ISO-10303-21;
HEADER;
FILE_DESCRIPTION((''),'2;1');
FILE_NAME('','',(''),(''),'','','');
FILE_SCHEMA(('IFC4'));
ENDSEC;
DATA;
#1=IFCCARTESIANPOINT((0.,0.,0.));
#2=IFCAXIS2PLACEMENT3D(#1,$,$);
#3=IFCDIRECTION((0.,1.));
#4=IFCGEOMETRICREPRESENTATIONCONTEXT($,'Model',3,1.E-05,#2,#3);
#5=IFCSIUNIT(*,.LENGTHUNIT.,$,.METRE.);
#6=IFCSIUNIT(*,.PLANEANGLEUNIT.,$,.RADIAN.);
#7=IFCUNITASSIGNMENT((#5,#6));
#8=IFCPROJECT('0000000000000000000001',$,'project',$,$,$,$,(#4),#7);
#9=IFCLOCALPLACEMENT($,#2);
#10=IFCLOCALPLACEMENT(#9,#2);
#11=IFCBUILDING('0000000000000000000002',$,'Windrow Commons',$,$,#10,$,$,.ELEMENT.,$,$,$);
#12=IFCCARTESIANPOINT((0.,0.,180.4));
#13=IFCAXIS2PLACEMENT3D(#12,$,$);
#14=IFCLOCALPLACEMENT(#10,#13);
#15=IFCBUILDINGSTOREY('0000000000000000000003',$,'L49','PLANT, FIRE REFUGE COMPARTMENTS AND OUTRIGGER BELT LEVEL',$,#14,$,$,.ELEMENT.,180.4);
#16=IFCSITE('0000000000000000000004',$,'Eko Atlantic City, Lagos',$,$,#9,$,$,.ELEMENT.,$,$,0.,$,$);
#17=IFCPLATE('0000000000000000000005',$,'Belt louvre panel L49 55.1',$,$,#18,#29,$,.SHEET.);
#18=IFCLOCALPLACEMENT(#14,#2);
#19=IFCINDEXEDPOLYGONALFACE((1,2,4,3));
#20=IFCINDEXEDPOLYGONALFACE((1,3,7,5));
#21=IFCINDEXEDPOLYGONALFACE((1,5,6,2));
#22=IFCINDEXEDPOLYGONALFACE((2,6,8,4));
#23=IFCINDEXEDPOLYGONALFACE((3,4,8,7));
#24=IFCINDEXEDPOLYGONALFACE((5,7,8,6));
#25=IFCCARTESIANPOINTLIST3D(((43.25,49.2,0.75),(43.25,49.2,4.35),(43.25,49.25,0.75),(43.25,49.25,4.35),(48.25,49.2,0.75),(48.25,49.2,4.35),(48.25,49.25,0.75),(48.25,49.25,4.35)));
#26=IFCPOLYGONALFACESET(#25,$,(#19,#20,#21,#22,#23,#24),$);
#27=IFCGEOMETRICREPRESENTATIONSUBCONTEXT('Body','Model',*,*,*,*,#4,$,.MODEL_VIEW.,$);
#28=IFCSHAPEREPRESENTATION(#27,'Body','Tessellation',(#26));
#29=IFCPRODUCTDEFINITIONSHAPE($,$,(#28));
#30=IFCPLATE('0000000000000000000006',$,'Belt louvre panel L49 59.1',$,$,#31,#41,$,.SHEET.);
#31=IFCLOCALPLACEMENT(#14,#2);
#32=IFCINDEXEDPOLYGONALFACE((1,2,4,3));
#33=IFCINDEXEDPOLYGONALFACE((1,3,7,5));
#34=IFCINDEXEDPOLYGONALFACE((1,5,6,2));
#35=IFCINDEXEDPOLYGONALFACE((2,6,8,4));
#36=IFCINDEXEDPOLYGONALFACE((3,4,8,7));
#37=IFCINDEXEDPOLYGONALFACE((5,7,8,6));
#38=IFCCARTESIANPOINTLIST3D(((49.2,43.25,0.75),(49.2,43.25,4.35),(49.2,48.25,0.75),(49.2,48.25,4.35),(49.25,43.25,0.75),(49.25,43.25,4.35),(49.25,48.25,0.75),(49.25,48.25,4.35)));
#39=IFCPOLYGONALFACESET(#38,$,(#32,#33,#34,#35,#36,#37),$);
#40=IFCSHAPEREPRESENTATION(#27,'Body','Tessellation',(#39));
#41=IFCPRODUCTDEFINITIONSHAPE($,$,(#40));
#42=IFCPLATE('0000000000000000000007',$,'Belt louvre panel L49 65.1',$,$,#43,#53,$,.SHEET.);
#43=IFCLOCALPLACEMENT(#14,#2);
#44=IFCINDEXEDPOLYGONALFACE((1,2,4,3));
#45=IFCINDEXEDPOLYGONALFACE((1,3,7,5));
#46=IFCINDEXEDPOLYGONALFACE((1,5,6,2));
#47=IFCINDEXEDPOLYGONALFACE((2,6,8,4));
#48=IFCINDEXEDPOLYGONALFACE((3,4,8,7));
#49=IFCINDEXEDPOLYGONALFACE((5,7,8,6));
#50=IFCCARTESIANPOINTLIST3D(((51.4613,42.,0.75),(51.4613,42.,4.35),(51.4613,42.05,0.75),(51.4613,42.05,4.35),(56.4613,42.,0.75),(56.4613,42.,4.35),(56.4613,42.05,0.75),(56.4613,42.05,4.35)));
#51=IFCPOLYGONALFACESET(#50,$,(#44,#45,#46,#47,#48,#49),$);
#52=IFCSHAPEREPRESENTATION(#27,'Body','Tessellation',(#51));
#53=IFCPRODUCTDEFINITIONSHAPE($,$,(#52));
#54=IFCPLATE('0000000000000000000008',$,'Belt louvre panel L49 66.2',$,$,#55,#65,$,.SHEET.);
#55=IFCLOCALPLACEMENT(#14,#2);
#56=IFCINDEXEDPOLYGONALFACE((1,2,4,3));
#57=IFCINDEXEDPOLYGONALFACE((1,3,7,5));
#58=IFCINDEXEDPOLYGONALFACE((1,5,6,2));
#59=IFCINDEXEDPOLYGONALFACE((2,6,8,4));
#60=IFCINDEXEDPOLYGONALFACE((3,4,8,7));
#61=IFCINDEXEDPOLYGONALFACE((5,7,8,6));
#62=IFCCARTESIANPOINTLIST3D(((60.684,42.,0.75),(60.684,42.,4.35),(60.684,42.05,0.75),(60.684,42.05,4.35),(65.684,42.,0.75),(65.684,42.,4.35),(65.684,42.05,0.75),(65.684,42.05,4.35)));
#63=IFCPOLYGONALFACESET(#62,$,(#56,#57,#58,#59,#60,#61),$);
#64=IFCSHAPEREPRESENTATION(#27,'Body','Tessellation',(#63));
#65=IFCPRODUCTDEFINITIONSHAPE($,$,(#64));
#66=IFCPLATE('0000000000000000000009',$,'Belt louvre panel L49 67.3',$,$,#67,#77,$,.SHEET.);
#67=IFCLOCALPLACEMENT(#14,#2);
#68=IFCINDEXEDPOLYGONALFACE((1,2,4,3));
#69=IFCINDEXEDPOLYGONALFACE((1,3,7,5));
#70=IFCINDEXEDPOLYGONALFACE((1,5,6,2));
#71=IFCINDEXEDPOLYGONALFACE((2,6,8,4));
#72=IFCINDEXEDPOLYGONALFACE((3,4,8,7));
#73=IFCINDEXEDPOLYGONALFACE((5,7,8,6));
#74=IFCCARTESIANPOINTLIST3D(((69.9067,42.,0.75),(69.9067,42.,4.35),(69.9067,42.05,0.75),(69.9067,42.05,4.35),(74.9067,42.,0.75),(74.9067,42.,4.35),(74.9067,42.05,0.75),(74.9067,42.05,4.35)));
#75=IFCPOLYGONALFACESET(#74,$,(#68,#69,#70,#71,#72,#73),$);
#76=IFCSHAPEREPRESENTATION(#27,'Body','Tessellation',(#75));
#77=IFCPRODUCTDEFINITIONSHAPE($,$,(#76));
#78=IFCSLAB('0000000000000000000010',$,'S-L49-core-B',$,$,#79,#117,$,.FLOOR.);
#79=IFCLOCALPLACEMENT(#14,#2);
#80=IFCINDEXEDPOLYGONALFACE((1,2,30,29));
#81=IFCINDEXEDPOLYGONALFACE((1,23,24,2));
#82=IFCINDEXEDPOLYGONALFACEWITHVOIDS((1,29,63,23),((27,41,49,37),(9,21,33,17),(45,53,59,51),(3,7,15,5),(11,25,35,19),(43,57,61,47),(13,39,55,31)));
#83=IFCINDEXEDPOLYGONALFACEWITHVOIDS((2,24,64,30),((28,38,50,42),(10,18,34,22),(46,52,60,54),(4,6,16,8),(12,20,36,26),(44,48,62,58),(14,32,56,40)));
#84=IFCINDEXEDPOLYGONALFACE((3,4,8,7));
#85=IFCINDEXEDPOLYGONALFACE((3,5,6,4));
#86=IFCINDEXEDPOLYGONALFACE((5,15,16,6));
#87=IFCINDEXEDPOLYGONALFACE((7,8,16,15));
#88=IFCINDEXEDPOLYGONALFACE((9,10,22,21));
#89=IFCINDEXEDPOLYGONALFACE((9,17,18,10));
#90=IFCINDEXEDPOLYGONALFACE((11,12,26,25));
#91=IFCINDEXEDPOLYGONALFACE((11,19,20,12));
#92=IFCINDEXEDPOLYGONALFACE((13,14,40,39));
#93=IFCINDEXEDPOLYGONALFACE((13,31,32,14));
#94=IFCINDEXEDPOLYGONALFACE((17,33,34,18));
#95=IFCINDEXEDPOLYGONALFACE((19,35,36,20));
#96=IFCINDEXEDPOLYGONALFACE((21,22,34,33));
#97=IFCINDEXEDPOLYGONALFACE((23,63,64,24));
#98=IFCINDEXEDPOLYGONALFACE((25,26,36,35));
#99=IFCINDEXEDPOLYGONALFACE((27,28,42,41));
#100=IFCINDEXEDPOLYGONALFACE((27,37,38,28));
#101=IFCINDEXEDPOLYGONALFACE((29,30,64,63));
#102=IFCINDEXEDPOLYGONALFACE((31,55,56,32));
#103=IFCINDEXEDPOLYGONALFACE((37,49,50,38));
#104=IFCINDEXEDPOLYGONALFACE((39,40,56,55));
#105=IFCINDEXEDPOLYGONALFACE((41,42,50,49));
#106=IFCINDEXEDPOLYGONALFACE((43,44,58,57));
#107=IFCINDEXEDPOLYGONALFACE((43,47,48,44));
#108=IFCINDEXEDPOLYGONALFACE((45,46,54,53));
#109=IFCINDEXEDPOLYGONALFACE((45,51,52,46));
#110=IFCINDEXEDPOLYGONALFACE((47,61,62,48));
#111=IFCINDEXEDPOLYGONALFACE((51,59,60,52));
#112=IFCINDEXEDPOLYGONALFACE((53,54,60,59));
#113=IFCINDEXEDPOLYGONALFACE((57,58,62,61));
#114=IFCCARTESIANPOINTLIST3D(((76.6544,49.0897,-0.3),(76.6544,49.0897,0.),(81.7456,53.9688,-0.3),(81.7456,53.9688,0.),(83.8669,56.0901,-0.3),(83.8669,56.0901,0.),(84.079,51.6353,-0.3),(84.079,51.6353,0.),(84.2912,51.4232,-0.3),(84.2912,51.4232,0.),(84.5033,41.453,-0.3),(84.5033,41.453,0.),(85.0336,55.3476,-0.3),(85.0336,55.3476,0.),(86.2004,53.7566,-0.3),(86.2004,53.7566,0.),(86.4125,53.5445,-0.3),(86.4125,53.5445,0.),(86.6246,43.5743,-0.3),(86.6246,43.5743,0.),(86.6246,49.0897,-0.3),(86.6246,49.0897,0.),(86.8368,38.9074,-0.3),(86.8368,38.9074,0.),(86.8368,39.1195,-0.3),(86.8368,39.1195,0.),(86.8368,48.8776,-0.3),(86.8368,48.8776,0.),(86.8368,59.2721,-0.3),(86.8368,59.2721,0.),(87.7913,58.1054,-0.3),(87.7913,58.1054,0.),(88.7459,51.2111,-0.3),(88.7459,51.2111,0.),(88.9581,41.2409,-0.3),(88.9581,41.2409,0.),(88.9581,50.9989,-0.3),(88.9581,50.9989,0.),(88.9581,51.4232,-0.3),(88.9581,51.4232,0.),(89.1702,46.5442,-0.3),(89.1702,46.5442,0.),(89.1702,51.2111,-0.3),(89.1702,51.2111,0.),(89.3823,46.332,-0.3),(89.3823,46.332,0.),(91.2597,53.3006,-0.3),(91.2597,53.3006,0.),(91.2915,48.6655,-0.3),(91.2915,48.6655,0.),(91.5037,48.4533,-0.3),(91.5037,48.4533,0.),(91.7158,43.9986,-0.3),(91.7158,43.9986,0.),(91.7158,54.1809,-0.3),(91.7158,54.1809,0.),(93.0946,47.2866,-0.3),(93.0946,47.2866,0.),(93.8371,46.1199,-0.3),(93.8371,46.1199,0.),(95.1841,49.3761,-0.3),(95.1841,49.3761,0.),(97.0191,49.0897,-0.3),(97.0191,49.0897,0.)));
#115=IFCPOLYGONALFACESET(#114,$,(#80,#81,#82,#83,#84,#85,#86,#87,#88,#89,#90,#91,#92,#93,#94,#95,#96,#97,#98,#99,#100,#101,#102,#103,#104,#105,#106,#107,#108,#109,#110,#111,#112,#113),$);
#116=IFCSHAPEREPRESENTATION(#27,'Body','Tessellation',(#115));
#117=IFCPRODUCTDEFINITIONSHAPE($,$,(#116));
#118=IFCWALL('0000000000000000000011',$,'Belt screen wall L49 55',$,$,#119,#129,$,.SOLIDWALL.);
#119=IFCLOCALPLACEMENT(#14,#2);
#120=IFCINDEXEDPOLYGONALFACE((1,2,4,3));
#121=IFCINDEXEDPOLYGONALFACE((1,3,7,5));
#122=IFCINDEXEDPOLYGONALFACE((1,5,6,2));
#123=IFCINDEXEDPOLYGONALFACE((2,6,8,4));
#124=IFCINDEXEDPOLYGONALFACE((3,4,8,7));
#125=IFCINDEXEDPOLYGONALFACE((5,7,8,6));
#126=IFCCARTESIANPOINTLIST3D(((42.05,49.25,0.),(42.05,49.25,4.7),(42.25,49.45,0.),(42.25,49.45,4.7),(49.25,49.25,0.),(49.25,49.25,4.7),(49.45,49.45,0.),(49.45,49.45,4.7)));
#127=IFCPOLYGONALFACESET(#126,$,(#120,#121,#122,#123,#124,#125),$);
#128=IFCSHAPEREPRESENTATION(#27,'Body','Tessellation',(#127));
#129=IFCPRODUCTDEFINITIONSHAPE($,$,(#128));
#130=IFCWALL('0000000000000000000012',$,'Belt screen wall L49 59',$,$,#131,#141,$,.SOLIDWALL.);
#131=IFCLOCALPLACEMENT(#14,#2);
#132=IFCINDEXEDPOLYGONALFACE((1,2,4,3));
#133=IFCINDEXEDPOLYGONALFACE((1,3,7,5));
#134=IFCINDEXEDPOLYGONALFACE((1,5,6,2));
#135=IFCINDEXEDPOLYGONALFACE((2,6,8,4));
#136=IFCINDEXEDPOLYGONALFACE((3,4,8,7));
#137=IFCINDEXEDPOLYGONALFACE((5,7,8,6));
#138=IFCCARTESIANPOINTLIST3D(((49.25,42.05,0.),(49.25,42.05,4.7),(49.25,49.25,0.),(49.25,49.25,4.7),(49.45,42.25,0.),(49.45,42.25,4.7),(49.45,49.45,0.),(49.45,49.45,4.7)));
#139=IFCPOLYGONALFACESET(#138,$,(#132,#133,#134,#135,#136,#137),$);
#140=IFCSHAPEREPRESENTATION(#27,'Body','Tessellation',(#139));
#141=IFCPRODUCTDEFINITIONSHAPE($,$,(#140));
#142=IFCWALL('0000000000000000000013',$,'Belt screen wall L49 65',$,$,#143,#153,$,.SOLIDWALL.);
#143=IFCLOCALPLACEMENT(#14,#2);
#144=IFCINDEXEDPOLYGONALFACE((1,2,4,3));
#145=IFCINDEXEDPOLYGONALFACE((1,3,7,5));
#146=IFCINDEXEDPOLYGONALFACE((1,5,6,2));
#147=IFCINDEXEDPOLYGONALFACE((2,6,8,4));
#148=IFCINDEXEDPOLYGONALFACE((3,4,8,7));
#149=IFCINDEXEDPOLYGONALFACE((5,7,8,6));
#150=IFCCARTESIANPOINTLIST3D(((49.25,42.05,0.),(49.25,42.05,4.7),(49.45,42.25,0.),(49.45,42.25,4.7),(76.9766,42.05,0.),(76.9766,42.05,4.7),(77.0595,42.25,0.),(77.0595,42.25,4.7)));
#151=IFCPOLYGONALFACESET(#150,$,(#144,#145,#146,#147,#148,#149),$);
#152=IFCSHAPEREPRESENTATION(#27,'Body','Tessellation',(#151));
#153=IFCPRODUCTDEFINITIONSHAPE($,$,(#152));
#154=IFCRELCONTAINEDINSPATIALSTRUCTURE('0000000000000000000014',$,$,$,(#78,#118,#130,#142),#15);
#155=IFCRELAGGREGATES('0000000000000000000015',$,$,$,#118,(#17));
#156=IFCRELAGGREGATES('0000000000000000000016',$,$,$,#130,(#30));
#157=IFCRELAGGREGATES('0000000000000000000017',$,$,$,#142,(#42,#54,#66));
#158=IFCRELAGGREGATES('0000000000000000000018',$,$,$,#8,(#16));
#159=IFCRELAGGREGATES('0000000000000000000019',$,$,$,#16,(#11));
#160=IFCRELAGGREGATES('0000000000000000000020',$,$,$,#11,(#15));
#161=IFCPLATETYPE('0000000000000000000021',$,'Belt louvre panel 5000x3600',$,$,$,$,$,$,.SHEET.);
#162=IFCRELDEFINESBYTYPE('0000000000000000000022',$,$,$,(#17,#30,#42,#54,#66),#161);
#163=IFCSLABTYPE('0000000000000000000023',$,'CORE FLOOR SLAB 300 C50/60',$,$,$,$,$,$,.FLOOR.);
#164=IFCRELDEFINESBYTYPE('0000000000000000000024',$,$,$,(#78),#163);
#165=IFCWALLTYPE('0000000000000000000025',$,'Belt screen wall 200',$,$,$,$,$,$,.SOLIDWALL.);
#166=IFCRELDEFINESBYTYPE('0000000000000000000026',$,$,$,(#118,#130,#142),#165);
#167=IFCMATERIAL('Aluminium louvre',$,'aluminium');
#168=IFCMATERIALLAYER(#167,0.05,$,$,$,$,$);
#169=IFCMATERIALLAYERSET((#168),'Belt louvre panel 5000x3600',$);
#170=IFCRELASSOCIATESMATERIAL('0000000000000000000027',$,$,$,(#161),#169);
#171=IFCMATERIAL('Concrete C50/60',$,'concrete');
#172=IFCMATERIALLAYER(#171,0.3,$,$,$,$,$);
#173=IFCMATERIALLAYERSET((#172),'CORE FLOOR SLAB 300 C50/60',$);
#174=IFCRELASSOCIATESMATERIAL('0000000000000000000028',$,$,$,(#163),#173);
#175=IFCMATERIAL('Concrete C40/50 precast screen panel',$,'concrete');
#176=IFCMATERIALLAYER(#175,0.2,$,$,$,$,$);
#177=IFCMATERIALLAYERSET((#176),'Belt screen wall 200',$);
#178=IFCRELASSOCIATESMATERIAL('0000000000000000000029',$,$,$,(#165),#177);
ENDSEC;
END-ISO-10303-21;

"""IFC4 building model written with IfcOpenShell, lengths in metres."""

from ifc_helpers import new_model, si_unit, direction, frame, origin, place, context, subcontext, project, spatial, polyline, outline, extrude, material, layer, layer_set, type_object, element, aggregate, save


model = new_model("IFC4")

# Units and contexts
model_context = context("Model", 3, precision=1e-05, world=origin(), true_north=direction((0.0, 1.0)))
body_context = subcontext(model_context, "Body", "Model", "MODEL_VIEW")
ifc_project = project(units=[si_unit("LENGTHUNIT", "METRE"), si_unit("PLANEANGLEUNIT", "RADIAN")], contexts=[model_context])

# Plates
ifc_material_1 = material(Name="Aluminium louvre", Category="aluminium")
ifc_layer_1 = layer(ifc_material_1, 0.05)
ifc_layer_set_1 = layer_set([ifc_layer_1], Name="Belt louvre panel 5000x3600")
plate_type = type_object("IfcPlateType", Name="Belt louvre panel 5000x3600", PredefinedType="SHEET", material=ifc_layer_set_1)
site_placement = place(None, origin())
building_placement = place(site_placement, origin())
storey_placement = place(building_placement, frame((0.0, 0.0, 180.4)))
plate_1_placement = place(storey_placement, frame((43.25, 49.2, 0.75), z_axis=(0.0, -1.0, 0.0), x_axis=(1.0, 0.0, 0.0)))
plate_1 = element("IfcPlate", 1, at=plate_1_placement, type_object=plate_type, Name="Belt louvre panel L49 55.1", PredefinedType="SHEET", context=body_context, shape_type="SweptSolid", body=[
    extrude(outline(polyline([(0.0, 0.0), (5.0, 0.0), (5.0, 3.6), (0.0, 3.6), (0.0, 0.0)])), origin(), (0.0, 0.0, -1.0), 0.05),
])
plate_2_placement = place(storey_placement, frame((49.2, 48.25, 0.75), z_axis=(-1.0, 0.0, 0.0), x_axis=(0.0, -1.0, 0.0)))
plate_2 = element("IfcPlate", 2, at=plate_2_placement, type_object=plate_type, Name="Belt louvre panel L49 59.1", PredefinedType="SHEET", context=body_context, shape_type="SweptSolid", body=[
    extrude(outline(polyline([(0.0, 0.0), (5.0, 0.0), (5.0, 3.6), (0.0, 3.6), (0.0, 0.0)])), origin(), (0.0, 0.0, -1.0), 0.05),
])
plate_3_placement = place(storey_placement, frame((51.4613, 42.0, 0.75), z_axis=(0.0, -1.0, 0.0), x_axis=(1.0, 0.0, 0.0)))
plate_3 = element("IfcPlate", 3, at=plate_3_placement, type_object=plate_type, Name="Belt louvre panel L49 65.1", PredefinedType="SHEET", context=body_context, shape_type="SweptSolid", body=[
    extrude(outline(polyline([(0.0, 0.0), (5.0, 0.0), (5.0, 3.6), (0.0, 3.6), (0.0, 0.0)])), origin(), (0.0, 0.0, -1.0), 0.05),
])
plate_4_placement = place(storey_placement, frame((60.684, 42.0, 0.75), z_axis=(0.0, -1.0, 0.0), x_axis=(1.0, 0.0, 0.0)))
plate_4 = element("IfcPlate", 4, at=plate_4_placement, type_object=plate_type, Name="Belt louvre panel L49 66.2", PredefinedType="SHEET", context=body_context, shape_type="SweptSolid", body=[
    extrude(outline(polyline([(0.0, 0.0), (5.0, 0.0), (5.0, 3.6), (0.0, 3.6), (0.0, 0.0)])), origin(), (0.0, 0.0, -1.0), 0.05),
])
plate_5_placement = place(storey_placement, frame((69.9067, 42.0, 0.75), z_axis=(0.0, -1.0, 0.0), x_axis=(1.0, 0.0, 0.0)))
plate_5 = element("IfcPlate", 5, at=plate_5_placement, type_object=plate_type, Name="Belt louvre panel L49 67.3", PredefinedType="SHEET", context=body_context, shape_type="SweptSolid", body=[
    extrude(outline(polyline([(0.0, 0.0), (5.0, 0.0), (5.0, 3.6), (0.0, 3.6), (0.0, 0.0)])), origin(), (0.0, 0.0, -1.0), 0.05),
])

# Site, building, storey
site = spatial("IfcSite", under=ifc_project, at=site_placement, Name="Eko Atlantic City, Lagos", CompositionType="ELEMENT", RefElevation=0.0)
building = spatial("IfcBuilding", under=site, at=building_placement, Name="Windrow Commons", CompositionType="ELEMENT")
storey = spatial("IfcBuildingStorey", under=building, at=storey_placement, Name="L49", Description="PLANT, FIRE REFUGE COMPARTMENTS AND OUTRIGGER BELT LEVEL", CompositionType="ELEMENT", Elevation=180.4)

# Slab, openings
ifc_material_2 = material(Name="Concrete C50/60", Category="concrete")
ifc_layer_2 = layer(ifc_material_2, 0.3)
ifc_layer_set_2 = layer_set([ifc_layer_2], Name="CORE FLOOR SLAB 300 C50/60")
slab_type_1 = type_object("IfcSlabType", Name="CORE FLOOR SLAB 300 C50/60", PredefinedType="FLOOR", material=ifc_layer_set_2)
placement_1 = place(storey_placement, frame((0.0, 0.0, -0.3)))
slab_1 = element("IfcSlab", 6, at=placement_1, inside=storey, type_object=slab_type_1, Name="S-L49-core-B", PredefinedType="FLOOR", context=body_context, shape_type="SweptSolid", body=[
    extrude(outline(polyline([(76.6544, 49.0897), (86.8368, 38.9074), (97.0191, 49.0897), (86.8368, 59.2721), (76.6544, 49.0897)]), holes=[polyline([(84.5033, 41.453), (86.8368, 39.1195), (88.9581, 41.2409), (86.6246, 43.5743), (84.5033, 41.453)]), polyline([(81.7456, 53.9688), (84.079, 51.6353), (86.2004, 53.7566), (83.8669, 56.0901), (81.7456, 53.9688)]), polyline([(84.2912, 51.4232), (86.6246, 49.0897), (88.7459, 51.2111), (86.4125, 53.5445), (84.2912, 51.4232)]), polyline([(86.8368, 48.8776), (89.1702, 46.5442), (91.2915, 48.6655), (88.9581, 50.9989), (86.8368, 48.8776)]), polyline([(89.3823, 46.332), (91.7158, 43.9986), (93.8371, 46.1199), (91.5037, 48.4533), (89.3823, 46.332)]), polyline([(85.0336, 55.3476), (88.9581, 51.4232), (91.7158, 54.1809), (87.7913, 58.1054), (85.0336, 55.3476)]), polyline([(89.1702, 51.2111), (93.0946, 47.2866), (95.1841, 49.3761), (91.2597, 53.3006), (89.1702, 51.2111)])]), origin(), (0.0, 0.0, 1.0), 0.3),
])
opening_1_placement = place(placement_1, origin())
element("IfcOpeningElement", 7, at=opening_1_placement, cuts=slab_1, PredefinedType="OPENING", context=body_context, shape_type="SweptSolid", body=[
    extrude(outline(polyline([(84.5104, 41.453), (86.6246, 43.5672), (88.951, 41.2409), (86.8368, 39.1266), (84.5104, 41.453)])), origin(), (0.0, 0.0, 1.0), 0.3),
])
opening_2_placement = place(placement_1, origin())
element("IfcOpeningElement", 8, at=opening_2_placement, cuts=slab_1, PredefinedType="OPENING", context=body_context, shape_type="SweptSolid", body=[
    extrude(outline(polyline([(81.7527, 53.9688), (83.8669, 56.083), (86.1933, 53.7566), (84.079, 51.6424), (81.7527, 53.9688)])), origin(), (0.0, 0.0, 1.0), 0.3),
])
opening_3_placement = place(placement_1, origin())
element("IfcOpeningElement", 9, at=opening_3_placement, cuts=slab_1, PredefinedType="OPENING", context=body_context, shape_type="SweptSolid", body=[
    extrude(outline(polyline([(84.2983, 51.4232), (86.4125, 53.5374), (88.7388, 51.2111), (86.6246, 49.0968), (84.2983, 51.4232)])), origin(), (0.0, 0.0, 1.0), 0.3),
])
opening_4_placement = place(placement_1, origin())
element("IfcOpeningElement", 10, at=opening_4_placement, cuts=slab_1, PredefinedType="OPENING", context=body_context, shape_type="SweptSolid", body=[
    extrude(outline(polyline([(86.8439, 48.8776), (88.9581, 50.9918), (91.2844, 48.6655), (89.1702, 46.5513), (86.8439, 48.8776)])), origin(), (0.0, 0.0, 1.0), 0.3),
])
opening_5_placement = place(placement_1, origin())
element("IfcOpeningElement", 11, at=opening_5_placement, cuts=slab_1, PredefinedType="OPENING", context=body_context, shape_type="SweptSolid", body=[
    extrude(outline(polyline([(89.3894, 46.332), (91.5037, 48.4462), (93.83, 46.1199), (91.7158, 44.0057), (89.3894, 46.332)])), origin(), (0.0, 0.0, 1.0), 0.3),
])
opening_6_placement = place(placement_1, origin())
element("IfcOpeningElement", 12, at=opening_6_placement, cuts=slab_1, PredefinedType="OPENING", context=body_context, shape_type="SweptSolid", body=[
    extrude(outline(polyline([(85.0407, 55.3476), (87.7913, 58.0983), (91.7087, 54.1809), (88.9581, 51.4303), (85.0407, 55.3476)])), origin(), (0.0, 0.0, 1.0), 0.3),
])
opening_7_placement = place(placement_1, origin())
element("IfcOpeningElement", 13, at=opening_7_placement, cuts=slab_1, PredefinedType="OPENING", context=body_context, shape_type="SweptSolid", body=[
    extrude(outline(polyline([(89.1773, 51.2111), (91.2597, 53.2935), (95.177, 49.3761), (93.0946, 47.2937), (89.1773, 51.2111)])), origin(), (0.0, 0.0, 1.0), 0.3),
])

# Walls
ifc_material_3 = material(Name="Concrete C40/50 precast screen panel", Category="concrete")
ifc_layer_3 = layer(ifc_material_3, 0.2)
ifc_layer_set_3 = layer_set([ifc_layer_3], Name="Belt screen wall 200")
wall_type = type_object("IfcWallType", Name="Belt screen wall 200", PredefinedType="SOLIDWALL", material=ifc_layer_set_3)
wall_1_placement = place(storey_placement, frame((42.15, 49.35, 0.0), z_axis=(0.0, 0.0, 1.0), x_axis=(1.0, 0.0, 0.0)))
wall_1 = element("IfcWall", 14, at=wall_1_placement, inside=storey, type_object=wall_type, Name="Belt screen wall L49 55", PredefinedType="SOLIDWALL", context=body_context, shape_type="SweptSolid", body=[
    extrude(outline(polyline([(-0.1, -0.1), (7.1, -0.1), (7.3, 0.1), (0.1, 0.1), (-0.1, -0.1)])), origin(), (0.0, 0.0, 1.0), 4.7),
])
aggregate(wall_1, [plate_1])
wall_2_placement = place(storey_placement, frame((49.35, 49.35, 0.0), z_axis=(0.0, 0.0, 1.0), x_axis=(0.0, -1.0, 0.0)))
wall_2 = element("IfcWall", 15, at=wall_2_placement, inside=storey, type_object=wall_type, Name="Belt screen wall L49 59", PredefinedType="SOLIDWALL", context=body_context, shape_type="SweptSolid", body=[
    extrude(outline(polyline([(0.1, -0.1), (7.3, -0.1), (7.1, 0.1), (-0.1, 0.1), (0.1, -0.1)])), origin(), (0.0, 0.0, 1.0), 4.7),
])
aggregate(wall_2, [plate_2])
wall_3_placement = place(storey_placement, frame((49.35, 42.15, 0.0), z_axis=(0.0, 0.0, 1.0), x_axis=(1.0, 0.0, 0.0)))
wall_3 = element("IfcWall", 16, at=wall_3_placement, inside=storey, type_object=wall_type, Name="Belt screen wall L49 65", PredefinedType="SOLIDWALL", context=body_context, shape_type="SweptSolid", body=[
    extrude(outline(polyline([(-0.1, -0.1), (27.6266, -0.1), (27.7095, 0.1), (0.1, 0.1), (-0.1, -0.1)])), origin(), (0.0, 0.0, 1.0), 4.7),
])
aggregate(wall_3, [plate_3, plate_4, plate_5])

save(model, "model.ifc")
